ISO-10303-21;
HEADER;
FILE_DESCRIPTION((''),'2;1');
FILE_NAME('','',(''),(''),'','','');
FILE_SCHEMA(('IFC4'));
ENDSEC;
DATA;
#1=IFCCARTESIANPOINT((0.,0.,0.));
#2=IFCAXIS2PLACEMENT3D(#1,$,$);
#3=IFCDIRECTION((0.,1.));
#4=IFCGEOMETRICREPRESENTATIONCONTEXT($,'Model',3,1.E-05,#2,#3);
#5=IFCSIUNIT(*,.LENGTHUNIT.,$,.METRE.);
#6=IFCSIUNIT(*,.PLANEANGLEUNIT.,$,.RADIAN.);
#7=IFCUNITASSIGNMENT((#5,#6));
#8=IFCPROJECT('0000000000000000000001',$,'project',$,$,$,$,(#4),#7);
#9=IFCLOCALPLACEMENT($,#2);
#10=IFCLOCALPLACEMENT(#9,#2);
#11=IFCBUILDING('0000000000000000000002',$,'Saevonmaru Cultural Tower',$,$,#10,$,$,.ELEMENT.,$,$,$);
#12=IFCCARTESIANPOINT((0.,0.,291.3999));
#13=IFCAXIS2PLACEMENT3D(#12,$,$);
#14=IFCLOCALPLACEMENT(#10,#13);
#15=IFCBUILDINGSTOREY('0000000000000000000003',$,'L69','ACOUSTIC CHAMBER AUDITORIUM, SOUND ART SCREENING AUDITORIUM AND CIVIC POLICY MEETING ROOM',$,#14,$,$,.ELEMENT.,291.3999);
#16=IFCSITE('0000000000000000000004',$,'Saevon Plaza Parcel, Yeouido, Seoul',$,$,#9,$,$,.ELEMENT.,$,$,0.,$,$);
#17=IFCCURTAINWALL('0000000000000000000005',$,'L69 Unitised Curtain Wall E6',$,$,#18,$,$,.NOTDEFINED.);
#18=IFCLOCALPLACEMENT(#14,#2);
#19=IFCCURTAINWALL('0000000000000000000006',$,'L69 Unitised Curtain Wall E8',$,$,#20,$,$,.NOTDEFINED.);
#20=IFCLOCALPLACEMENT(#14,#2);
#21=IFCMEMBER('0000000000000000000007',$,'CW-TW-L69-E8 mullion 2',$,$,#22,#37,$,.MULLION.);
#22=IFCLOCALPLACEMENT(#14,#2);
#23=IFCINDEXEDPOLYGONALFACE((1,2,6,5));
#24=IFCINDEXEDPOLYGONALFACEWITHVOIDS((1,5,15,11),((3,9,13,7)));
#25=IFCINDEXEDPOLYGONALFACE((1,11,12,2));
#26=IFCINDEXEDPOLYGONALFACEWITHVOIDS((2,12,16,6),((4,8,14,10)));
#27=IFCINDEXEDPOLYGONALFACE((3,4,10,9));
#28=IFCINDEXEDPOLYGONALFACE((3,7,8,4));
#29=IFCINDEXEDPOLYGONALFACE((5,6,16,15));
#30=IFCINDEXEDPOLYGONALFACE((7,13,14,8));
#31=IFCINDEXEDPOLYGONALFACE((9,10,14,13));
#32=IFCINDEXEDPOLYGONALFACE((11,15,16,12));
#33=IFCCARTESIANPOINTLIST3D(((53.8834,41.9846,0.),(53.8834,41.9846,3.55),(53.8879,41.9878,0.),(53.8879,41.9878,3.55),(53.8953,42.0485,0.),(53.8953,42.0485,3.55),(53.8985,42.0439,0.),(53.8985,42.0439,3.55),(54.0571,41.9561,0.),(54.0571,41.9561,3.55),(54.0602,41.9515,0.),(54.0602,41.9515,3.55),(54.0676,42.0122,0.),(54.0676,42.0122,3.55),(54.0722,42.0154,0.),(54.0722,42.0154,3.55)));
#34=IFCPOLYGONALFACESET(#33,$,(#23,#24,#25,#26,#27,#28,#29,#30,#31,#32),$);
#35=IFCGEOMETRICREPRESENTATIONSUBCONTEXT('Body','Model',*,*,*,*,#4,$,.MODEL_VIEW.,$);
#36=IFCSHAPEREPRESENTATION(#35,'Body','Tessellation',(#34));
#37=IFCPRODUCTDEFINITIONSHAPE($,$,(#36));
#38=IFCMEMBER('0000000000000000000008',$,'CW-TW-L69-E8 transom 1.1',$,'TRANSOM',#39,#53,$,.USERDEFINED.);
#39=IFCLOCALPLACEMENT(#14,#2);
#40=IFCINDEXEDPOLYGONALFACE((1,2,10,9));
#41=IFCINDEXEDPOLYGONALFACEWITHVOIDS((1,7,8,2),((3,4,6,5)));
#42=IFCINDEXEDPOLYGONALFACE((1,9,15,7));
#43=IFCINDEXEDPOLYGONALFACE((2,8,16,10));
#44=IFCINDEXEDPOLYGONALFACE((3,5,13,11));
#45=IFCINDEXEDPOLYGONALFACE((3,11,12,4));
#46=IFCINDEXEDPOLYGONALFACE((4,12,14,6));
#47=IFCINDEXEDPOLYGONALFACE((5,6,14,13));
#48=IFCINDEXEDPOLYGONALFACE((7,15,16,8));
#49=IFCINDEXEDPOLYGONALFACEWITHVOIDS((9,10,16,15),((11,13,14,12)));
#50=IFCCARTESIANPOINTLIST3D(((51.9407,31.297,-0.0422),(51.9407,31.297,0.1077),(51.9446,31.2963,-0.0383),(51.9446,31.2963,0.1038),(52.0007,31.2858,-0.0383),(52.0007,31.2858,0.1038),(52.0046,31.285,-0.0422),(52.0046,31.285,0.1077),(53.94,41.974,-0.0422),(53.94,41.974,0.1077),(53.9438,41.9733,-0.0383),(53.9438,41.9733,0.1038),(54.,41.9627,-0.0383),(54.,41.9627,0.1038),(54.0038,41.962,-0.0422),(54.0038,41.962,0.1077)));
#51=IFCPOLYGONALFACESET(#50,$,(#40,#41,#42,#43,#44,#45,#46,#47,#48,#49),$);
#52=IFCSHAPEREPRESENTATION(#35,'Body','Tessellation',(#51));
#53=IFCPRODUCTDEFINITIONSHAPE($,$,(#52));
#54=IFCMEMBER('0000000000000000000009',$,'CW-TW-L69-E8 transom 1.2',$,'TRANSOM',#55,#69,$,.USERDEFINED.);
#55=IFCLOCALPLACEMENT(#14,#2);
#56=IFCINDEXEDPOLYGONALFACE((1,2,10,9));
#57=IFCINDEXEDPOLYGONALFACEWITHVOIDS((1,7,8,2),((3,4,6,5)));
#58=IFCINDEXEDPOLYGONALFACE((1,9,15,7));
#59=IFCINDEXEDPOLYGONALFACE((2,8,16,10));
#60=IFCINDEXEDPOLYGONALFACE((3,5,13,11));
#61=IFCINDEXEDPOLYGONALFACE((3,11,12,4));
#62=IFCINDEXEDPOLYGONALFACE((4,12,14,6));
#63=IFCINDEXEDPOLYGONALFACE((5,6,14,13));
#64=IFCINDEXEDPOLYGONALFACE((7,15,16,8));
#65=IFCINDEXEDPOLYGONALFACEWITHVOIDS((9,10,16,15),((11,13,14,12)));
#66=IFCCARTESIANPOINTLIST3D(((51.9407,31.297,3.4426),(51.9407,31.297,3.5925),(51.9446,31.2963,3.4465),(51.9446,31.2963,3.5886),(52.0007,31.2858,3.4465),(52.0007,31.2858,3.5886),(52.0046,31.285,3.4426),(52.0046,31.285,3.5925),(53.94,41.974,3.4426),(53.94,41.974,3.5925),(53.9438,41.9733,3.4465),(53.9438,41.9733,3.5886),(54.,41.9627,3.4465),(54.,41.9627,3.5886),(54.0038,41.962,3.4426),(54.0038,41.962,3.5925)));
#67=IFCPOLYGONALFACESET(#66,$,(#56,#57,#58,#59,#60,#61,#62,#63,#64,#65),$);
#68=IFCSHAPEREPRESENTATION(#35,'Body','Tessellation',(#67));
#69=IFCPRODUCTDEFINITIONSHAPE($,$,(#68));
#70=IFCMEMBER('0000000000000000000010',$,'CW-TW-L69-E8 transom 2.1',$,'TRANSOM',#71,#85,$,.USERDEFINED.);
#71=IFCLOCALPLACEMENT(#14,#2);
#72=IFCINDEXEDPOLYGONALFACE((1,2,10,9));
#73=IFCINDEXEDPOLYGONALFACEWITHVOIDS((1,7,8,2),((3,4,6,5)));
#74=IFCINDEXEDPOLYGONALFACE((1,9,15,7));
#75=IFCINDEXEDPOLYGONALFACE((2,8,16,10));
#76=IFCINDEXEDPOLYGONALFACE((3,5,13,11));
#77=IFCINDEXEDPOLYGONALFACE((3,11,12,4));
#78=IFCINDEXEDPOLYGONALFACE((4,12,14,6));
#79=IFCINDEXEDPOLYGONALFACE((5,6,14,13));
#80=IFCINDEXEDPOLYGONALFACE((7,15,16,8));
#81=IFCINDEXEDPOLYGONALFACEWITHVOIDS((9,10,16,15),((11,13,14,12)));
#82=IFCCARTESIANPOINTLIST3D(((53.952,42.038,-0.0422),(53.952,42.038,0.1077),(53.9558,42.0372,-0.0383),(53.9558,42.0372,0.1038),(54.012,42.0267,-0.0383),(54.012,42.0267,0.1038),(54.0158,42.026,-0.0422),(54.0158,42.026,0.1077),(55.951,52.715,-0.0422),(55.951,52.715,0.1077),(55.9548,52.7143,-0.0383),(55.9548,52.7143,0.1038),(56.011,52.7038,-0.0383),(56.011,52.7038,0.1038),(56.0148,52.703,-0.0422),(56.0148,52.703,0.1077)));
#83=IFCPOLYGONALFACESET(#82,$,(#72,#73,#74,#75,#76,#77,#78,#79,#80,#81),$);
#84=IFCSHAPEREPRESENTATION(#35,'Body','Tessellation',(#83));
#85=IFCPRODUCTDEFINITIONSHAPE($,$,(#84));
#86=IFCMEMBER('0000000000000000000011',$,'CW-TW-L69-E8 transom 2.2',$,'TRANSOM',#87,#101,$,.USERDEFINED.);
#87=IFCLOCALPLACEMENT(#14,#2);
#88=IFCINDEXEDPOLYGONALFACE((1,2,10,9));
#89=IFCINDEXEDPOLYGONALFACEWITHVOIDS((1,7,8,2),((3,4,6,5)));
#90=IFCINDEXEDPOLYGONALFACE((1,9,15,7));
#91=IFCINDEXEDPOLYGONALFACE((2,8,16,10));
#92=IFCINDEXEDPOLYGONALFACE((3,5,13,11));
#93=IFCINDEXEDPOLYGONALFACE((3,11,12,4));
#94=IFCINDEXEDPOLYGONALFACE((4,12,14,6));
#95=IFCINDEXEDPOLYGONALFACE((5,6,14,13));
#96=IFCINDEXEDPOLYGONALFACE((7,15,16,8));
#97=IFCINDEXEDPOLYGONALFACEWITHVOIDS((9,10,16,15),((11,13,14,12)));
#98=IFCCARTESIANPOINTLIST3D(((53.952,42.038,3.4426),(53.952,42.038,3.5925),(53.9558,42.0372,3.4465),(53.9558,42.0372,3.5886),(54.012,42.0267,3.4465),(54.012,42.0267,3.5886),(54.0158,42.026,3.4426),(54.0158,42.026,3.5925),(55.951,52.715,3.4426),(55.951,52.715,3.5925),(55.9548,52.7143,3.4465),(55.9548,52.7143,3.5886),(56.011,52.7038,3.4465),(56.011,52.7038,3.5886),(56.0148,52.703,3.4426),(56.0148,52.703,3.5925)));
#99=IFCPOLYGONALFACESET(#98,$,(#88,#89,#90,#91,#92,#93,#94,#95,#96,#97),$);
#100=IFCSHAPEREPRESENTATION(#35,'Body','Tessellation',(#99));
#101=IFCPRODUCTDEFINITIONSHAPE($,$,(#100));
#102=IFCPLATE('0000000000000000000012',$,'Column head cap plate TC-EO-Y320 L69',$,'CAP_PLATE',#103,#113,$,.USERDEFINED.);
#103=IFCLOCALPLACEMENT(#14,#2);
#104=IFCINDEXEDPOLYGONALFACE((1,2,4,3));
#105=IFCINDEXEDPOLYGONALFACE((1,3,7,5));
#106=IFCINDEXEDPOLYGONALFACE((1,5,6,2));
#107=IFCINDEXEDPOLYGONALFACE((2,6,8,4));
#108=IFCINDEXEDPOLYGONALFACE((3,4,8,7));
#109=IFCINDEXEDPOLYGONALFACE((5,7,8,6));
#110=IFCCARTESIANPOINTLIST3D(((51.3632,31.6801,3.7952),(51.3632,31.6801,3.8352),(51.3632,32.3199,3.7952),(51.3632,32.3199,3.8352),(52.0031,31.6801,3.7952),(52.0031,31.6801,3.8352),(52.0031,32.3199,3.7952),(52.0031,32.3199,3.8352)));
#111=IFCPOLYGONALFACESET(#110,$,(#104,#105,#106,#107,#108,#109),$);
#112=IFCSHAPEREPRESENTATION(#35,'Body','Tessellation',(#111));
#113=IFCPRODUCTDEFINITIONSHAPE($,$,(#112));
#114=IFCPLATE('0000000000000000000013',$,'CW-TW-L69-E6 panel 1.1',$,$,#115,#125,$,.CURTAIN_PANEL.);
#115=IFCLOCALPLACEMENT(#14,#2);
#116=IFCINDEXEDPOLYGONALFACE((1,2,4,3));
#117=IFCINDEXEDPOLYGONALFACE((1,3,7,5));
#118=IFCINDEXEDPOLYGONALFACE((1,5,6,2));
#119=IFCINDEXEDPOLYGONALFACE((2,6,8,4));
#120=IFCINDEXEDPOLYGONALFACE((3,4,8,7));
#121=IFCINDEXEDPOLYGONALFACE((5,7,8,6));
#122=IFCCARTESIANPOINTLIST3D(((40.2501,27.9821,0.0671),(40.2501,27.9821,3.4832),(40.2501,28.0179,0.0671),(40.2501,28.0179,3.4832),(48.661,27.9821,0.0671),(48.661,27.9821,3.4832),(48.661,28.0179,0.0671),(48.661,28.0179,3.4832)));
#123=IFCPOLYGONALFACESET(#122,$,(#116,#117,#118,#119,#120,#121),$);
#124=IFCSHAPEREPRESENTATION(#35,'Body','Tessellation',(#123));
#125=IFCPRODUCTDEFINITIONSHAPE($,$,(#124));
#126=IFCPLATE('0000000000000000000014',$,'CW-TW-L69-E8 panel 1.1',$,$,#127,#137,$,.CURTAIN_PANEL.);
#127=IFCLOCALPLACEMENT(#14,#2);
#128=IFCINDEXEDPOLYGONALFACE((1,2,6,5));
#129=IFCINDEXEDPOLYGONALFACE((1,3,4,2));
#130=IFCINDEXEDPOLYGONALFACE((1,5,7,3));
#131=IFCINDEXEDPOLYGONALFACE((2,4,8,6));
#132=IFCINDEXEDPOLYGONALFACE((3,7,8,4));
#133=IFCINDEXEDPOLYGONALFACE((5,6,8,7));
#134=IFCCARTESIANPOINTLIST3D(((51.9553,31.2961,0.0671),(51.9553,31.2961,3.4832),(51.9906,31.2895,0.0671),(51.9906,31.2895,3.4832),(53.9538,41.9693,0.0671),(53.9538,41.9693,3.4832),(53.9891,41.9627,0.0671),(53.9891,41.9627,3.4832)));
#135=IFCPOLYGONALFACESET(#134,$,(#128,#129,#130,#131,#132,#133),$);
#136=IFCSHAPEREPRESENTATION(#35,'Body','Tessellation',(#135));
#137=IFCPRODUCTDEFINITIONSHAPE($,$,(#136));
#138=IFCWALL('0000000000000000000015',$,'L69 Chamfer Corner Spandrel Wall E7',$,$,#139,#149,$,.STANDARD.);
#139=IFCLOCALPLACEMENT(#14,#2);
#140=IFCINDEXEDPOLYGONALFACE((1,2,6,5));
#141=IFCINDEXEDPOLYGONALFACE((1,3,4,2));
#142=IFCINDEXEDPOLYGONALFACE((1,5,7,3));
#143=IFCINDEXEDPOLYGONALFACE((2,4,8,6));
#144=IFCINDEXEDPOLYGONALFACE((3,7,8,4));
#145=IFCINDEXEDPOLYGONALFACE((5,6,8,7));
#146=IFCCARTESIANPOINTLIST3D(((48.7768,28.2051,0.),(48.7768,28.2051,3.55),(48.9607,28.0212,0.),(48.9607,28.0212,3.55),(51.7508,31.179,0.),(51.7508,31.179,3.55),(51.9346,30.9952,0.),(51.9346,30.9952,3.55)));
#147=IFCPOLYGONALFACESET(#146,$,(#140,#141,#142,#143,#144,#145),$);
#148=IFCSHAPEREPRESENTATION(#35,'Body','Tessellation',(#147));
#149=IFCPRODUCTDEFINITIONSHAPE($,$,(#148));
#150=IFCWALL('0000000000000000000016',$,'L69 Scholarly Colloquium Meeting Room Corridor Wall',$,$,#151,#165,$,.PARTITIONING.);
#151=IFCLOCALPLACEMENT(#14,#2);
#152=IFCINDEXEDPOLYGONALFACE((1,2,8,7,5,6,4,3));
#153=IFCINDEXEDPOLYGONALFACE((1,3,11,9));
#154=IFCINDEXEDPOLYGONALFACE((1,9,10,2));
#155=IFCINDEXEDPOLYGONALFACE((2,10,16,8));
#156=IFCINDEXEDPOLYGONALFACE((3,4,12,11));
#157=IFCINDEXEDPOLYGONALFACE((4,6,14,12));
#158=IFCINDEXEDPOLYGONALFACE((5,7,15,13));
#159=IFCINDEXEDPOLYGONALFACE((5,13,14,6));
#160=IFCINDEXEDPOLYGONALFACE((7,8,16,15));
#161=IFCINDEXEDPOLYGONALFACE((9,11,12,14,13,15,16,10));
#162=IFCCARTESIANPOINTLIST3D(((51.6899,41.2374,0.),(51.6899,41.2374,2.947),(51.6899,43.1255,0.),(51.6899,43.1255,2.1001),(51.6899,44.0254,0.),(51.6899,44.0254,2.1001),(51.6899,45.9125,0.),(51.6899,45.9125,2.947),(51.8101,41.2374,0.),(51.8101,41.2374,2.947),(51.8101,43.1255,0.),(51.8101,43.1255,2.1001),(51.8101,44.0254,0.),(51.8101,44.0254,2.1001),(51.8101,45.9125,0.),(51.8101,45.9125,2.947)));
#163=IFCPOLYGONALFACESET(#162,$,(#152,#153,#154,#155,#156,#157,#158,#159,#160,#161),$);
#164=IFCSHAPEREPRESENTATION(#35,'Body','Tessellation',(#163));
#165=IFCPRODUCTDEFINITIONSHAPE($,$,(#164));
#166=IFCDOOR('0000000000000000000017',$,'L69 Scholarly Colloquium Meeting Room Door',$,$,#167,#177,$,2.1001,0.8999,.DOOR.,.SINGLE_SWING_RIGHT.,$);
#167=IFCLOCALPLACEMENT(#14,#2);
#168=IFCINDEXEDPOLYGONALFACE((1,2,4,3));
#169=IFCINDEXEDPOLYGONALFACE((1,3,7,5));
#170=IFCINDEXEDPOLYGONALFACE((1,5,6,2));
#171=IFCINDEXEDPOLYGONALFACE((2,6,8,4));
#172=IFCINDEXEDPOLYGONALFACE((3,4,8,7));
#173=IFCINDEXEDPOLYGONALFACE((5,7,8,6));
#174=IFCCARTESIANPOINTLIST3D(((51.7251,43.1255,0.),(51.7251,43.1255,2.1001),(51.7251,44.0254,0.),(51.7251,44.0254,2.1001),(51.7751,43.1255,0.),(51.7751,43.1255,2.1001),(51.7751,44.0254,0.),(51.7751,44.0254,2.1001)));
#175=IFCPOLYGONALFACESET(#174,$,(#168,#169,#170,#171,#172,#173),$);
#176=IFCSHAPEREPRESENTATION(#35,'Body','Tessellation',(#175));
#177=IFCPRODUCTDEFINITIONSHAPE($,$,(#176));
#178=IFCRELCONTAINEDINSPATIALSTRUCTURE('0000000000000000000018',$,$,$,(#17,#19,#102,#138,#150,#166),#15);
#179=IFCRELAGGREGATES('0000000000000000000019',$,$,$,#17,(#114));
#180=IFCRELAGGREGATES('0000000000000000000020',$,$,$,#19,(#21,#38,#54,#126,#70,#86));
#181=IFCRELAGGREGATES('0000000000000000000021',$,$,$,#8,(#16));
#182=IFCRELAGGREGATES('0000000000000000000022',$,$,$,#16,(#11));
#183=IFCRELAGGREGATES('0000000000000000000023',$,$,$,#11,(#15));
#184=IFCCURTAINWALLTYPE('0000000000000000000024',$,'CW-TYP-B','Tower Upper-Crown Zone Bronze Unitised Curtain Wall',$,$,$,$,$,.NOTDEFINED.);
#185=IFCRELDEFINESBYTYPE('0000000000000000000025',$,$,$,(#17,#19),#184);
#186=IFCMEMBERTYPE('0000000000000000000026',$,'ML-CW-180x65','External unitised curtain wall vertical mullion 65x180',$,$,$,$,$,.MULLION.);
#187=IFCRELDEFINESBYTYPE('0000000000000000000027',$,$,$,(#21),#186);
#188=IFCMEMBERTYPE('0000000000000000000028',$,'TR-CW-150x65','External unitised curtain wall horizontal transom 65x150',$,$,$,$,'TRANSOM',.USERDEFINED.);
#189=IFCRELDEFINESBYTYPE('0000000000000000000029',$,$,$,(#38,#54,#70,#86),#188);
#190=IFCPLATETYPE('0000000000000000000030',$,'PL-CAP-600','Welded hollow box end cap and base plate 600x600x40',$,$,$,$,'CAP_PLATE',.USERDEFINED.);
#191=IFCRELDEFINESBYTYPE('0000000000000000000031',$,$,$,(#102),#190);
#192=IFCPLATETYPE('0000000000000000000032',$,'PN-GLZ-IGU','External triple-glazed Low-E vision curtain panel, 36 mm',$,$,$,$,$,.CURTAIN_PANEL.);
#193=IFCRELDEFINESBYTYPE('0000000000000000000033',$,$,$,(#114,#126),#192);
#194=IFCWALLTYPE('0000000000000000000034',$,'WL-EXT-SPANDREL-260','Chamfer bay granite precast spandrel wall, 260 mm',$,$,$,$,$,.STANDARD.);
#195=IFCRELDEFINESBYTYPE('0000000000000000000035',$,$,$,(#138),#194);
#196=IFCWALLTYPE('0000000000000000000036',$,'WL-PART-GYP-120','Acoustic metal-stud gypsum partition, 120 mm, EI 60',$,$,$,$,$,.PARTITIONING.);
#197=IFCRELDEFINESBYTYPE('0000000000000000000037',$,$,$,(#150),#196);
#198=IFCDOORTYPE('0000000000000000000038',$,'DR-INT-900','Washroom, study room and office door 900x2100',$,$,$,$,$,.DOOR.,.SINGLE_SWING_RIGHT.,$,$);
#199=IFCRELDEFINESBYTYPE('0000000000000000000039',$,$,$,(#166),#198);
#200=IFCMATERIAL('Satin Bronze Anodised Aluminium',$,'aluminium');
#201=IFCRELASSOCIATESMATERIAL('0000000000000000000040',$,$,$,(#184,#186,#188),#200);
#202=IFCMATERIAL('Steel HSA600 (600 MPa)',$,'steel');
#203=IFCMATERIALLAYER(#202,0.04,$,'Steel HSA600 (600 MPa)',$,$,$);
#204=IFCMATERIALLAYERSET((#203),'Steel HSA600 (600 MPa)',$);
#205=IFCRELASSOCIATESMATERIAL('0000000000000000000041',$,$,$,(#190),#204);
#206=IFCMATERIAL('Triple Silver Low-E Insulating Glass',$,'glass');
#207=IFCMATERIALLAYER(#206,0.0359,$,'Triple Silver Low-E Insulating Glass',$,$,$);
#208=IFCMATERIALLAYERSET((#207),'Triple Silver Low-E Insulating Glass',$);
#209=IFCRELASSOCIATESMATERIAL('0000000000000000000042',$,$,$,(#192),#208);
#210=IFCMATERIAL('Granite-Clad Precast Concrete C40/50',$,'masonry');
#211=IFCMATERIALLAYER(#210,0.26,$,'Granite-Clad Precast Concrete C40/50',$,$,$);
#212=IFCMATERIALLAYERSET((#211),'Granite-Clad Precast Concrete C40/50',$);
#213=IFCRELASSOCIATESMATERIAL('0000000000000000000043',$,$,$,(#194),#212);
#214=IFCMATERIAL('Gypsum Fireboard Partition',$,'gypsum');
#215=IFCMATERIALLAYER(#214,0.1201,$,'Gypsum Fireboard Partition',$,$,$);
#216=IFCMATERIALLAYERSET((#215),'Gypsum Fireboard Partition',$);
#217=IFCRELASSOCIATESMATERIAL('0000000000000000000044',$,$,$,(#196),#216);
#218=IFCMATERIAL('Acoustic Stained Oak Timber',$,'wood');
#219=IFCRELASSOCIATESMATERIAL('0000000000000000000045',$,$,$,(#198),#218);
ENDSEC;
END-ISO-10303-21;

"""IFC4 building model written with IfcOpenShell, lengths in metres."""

from ifc_helpers import new_model, si_unit, direction, frame, frame_2d, origin, origin_2d, place, context, subcontext, project, spatial, rectangle, hollow_rectangle, extrude, material, layer, layer_set, material_profile, profile_set, type_object, element, fill, aggregate, save


model = new_model("IFC4")

# Units and contexts
model_context = context("Model", 3, precision=1e-05, world=origin(), true_north=direction((0.0, 1.0)))
body_context = subcontext(model_context, "Body", "Model", "MODEL_VIEW")
ifc_project = project(units=[si_unit("LENGTHUNIT", "METRE"), si_unit("PLANEANGLEUNIT", "RADIAN")], contexts=[model_context])

# Site, building, storey
site_placement = place(None, origin())
site = spatial("IfcSite", under=ifc_project, at=site_placement, Name="Saevon Plaza Parcel, Yeouido, Seoul", CompositionType="ELEMENT", RefElevation=0.0)
building_placement = place(site_placement, origin())
building = spatial("IfcBuilding", under=site, at=building_placement, Name="Saevonmaru Cultural Tower", CompositionType="ELEMENT")
storey_placement = place(building_placement, frame((0.0, 0.0, 291.3999)))
storey = spatial("IfcBuildingStorey", under=building, at=storey_placement, Name="L69", Description="ACOUSTIC CHAMBER AUDITORIUM, SOUND ART SCREENING AUDITORIUM AND CIVIC POLICY MEETING ROOM", CompositionType="ELEMENT", Elevation=291.3999)

# Shared definitions
ifc_material_1 = material(Name="Steel HSA600 (600 MPa)", Category="steel")

# Curtain wall
ifc_material_2 = material(Name="Satin Bronze Anodised Aluminium", Category="aluminium")
curtain_wall_type = type_object("IfcCurtainWallType", Name="CW-TYP-B", Description="Tower Upper-Crown Zone Bronze Unitised Curtain Wall", PredefinedType="NOTDEFINED", material=ifc_material_2)
curtain_wall_1_placement = place(storey_placement, origin())
curtain_wall_1 = element("IfcCurtainWall", 1, at=curtain_wall_1_placement, inside=storey, type_object=curtain_wall_type, Name="L69 Unitised Curtain Wall E6", PredefinedType="NOTDEFINED")
ifc_material_profile_1 = material_profile(ifc_material_2, hollow_rectangle(XDim=0.0649, YDim=0.1799, WallThickness=0.0039, at=origin_2d()), Name="ALU-MULL-180x65x4")
ifc_profile_set_1 = profile_set([ifc_material_profile_1], Name="Satin Bronze Anodised Aluminium")
member_type_1 = type_object("IfcMemberType", Name="ML-CW-180x65", Description="External unitised curtain wall vertical mullion 65x180", PredefinedType="MULLION", material=ifc_profile_set_1)

# Curtain wall, members
curtain_wall_2_placement = place(storey_placement, origin())
curtain_wall_2 = element("IfcCurtainWall", 2, at=curtain_wall_2_placement, inside=storey, type_object=curtain_wall_type, Name="L69 Unitised Curtain Wall E8", PredefinedType="NOTDEFINED")
member_1_placement = place(storey_placement, frame((53.9778, 42.0, 0.0), z_axis=(0.0, 0.0, 1.0), x_axis=(0.184047, 0.982918, 0.0)))
member_1 = element("IfcMember", 3, at=member_1_placement, type_object=member_type_1, Name="CW-TW-L69-E8 mullion 2", PredefinedType="MULLION", context=body_context, shape_type="SweptSolid", body=[
    extrude(hollow_rectangle(XDim=0.0649, YDim=0.1799, WallThickness=0.0039, at=origin_2d()), origin(), (0.0, 0.0, 1.0), 3.55),
])
ifc_material_profile_2 = material_profile(ifc_material_2, hollow_rectangle(XDim=0.0649, YDim=0.1499, WallThickness=0.0039, at=origin_2d()), Name="ALU-TRAN-150x65x4")
ifc_profile_set_2 = profile_set([ifc_material_profile_2], Name="Satin Bronze Anodised Aluminium")
member_type_2 = type_object("IfcMemberType", Name="TR-CW-150x65", Description="External unitised curtain wall horizontal transom 65x150", ElementType="TRANSOM", PredefinedType="USERDEFINED", material=ifc_profile_set_2)
member_2_placement = place(storey_placement, frame((51.9727, 31.291, 0.0327), z_axis=(0.184051, 0.982917, 0.0), x_axis=(-0.982917, 0.184051, 0.0)))
member_2 = element("IfcMember", 4, at=member_2_placement, type_object=member_type_2, Name="CW-TW-L69-E8 transom 1.1", ObjectType="TRANSOM", PredefinedType="USERDEFINED", context=body_context, shape_type="SweptSolid", body=[
    extrude(hollow_rectangle(XDim=0.0649, YDim=0.1499, WallThickness=0.0039, at=origin_2d()), origin(), (0.0, 0.0, 1.0), 10.8625),
])
member_3_placement = place(storey_placement, frame((51.9727, 31.291, 3.5176), z_axis=(0.184051, 0.982917, 0.0), x_axis=(-0.982917, 0.184051, 0.0)))
member_3 = element("IfcMember", 5, at=member_3_placement, type_object=member_type_2, Name="CW-TW-L69-E8 transom 1.2", ObjectType="TRANSOM", PredefinedType="USERDEFINED", context=body_context, shape_type="SweptSolid", body=[
    extrude(hollow_rectangle(XDim=0.0649, YDim=0.1499, WallThickness=0.0039, at=origin_2d()), origin(), (0.0, 0.0, 1.0), 10.8625),
])
member_4_placement = place(storey_placement, frame((53.9839, 42.032, 0.0327), z_axis=(0.184029, 0.982921, 0.0), x_axis=(-0.982921, 0.184029, 0.0)))
member_4 = element("IfcMember", 6, at=member_4_placement, type_object=member_type_2, Name="CW-TW-L69-E8 transom 2.1", ObjectType="TRANSOM", PredefinedType="USERDEFINED", context=body_context, shape_type="SweptSolid", body=[
    extrude(hollow_rectangle(XDim=0.0649, YDim=0.1499, WallThickness=0.0039, at=origin_2d()), origin(), (0.0, 0.0, 1.0), 10.8625),
])
member_5_placement = place(storey_placement, frame((53.9839, 42.032, 3.5176), z_axis=(0.184029, 0.982921, 0.0), x_axis=(-0.982921, 0.184029, 0.0)))
member_5 = element("IfcMember", 7, at=member_5_placement, type_object=member_type_2, Name="CW-TW-L69-E8 transom 2.2", ObjectType="TRANSOM", PredefinedType="USERDEFINED", context=body_context, shape_type="SweptSolid", body=[
    extrude(hollow_rectangle(XDim=0.0649, YDim=0.1499, WallThickness=0.0039, at=origin_2d()), origin(), (0.0, 0.0, 1.0), 10.8625),
])

# Plates
ifc_layer_1 = layer(ifc_material_1, 0.04, Name="Steel HSA600 (600 MPa)")
ifc_layer_set_1 = layer_set([ifc_layer_1], Name="Steel HSA600 (600 MPa)")
plate_type_1 = type_object("IfcPlateType", Name="PL-CAP-600", Description="Welded hollow box end cap and base plate 600x600x40", ElementType="CAP_PLATE", PredefinedType="USERDEFINED", material=ifc_layer_set_1)
plate_1_placement = place(storey_placement, frame((51.6831, 32.0, 3.7952), z_axis=(0.0, 0.0, 1.0), x_axis=(1.0, 0.0, 0.0)))
element("IfcPlate", 8, at=plate_1_placement, inside=storey, type_object=plate_type_1, Name="Column head cap plate TC-EO-Y320 L69", ObjectType="CAP_PLATE", PredefinedType="USERDEFINED", context=body_context, shape_type="SweptSolid", body=[
    extrude(rectangle(XDim=0.6399, YDim=0.6399, at=origin_2d()), origin(), (0.0, 0.0, 1.0), 0.04),
])
ifc_material_3 = material(Name="Triple Silver Low-E Insulating Glass", Category="glass")
ifc_layer_2 = layer(ifc_material_3, 0.0359, Name="Triple Silver Low-E Insulating Glass")
ifc_layer_set_2 = layer_set([ifc_layer_2], Name="Triple Silver Low-E Insulating Glass")
plate_type_2 = type_object("IfcPlateType", Name="PN-GLZ-IGU", Description="External triple-glazed Low-E vision curtain panel, 36 mm", PredefinedType="CURTAIN_PANEL", material=ifc_layer_set_2)
plate_2_placement = place(storey_placement, frame((44.4556, 28.0, 0.0671), z_axis=(0.0, 0.0, 1.0), x_axis=(1.0, 0.0, 0.0)))
plate_2 = element("IfcPlate", 9, at=plate_2_placement, type_object=plate_type_2, Name="CW-TW-L69-E6 panel 1.1", PredefinedType="CURTAIN_PANEL", context=body_context, shape_type="SweptSolid", body=[
    extrude(rectangle(XDim=8.4109, YDim=0.0359, at=origin_2d()), origin(), (0.0, 0.0, 1.0), 3.416),
])
aggregate(curtain_wall_1, [plate_2])
plate_3_placement = place(storey_placement, frame((52.9722, 36.6294, 0.0671), z_axis=(0.0, 0.0, 1.0), x_axis=(0.184047, 0.982918, 0.0)))
plate_3 = element("IfcPlate", 10, at=plate_3_placement, type_object=plate_type_2, Name="CW-TW-L69-E8 panel 1.1", PredefinedType="CURTAIN_PANEL", context=body_context, shape_type="SweptSolid", body=[
    extrude(rectangle(XDim=10.8586, YDim=0.0359, at=origin_2d()), origin(), (0.0, 0.0, 1.0), 3.416),
])
aggregate(curtain_wall_2, [member_1, member_2, member_3, plate_3, member_4, member_5])

# Wall
ifc_material_4 = material(Name="Granite-Clad Precast Concrete C40/50", Category="masonry")
ifc_layer_3 = layer(ifc_material_4, 0.26, Name="Granite-Clad Precast Concrete C40/50")
ifc_layer_set_3 = layer_set([ifc_layer_3], Name="Granite-Clad Precast Concrete C40/50")
wall_type_1 = type_object("IfcWallType", Name="WL-EXT-SPANDREL-260", Description="Chamfer bay granite precast spandrel wall, 260 mm", PredefinedType="STANDARD", material=ifc_layer_set_3)
wall_1_placement = place(storey_placement, frame((48.8687, 28.113, 0.0), z_axis=(0.0, 0.0, 1.0), x_axis=(0.707107, 0.707107, 0.0)))
element("IfcWall", 11, at=wall_1_placement, inside=storey, type_object=wall_type_1, Name="L69 Chamfer Corner Spandrel Wall E7", PredefinedType="STANDARD", context=body_context, shape_type="SweptSolid", body=[
    extrude(rectangle(XDim=4.2058, YDim=0.26, at=frame_2d((2.103, 0.0))), origin(), (0.0, 0.0, 1.0), 3.55),
])

# Wall, opening, door
ifc_material_5 = material(Name="Gypsum Fireboard Partition", Category="gypsum")
ifc_layer_4 = layer(ifc_material_5, 0.1201, Name="Gypsum Fireboard Partition")
ifc_layer_set_4 = layer_set([ifc_layer_4], Name="Gypsum Fireboard Partition")
wall_type_2 = type_object("IfcWallType", Name="WL-PART-GYP-120", Description="Acoustic metal-stud gypsum partition, 120 mm, EI 60", PredefinedType="PARTITIONING", material=ifc_layer_set_4)
wall_2_placement = place(storey_placement, frame((51.75, 41.2375, 0.0), z_axis=(0.0, 0.0, 1.0), x_axis=(0.0, 1.0, 0.0)))
wall_2 = element("IfcWall", 12, at=wall_2_placement, inside=storey, type_object=wall_type_2, Name="L69 Scholarly Colloquium Meeting Room Corridor Wall", PredefinedType="PARTITIONING", context=body_context, shape_type="SweptSolid", body=[
    extrude(rectangle(XDim=4.675, YDim=0.1201, at=frame_2d((2.3374, 0.0))), origin(), (0.0, 0.0, 1.0), 2.947),
])
opening_1_placement = place(wall_2_placement, frame((1.8879, 0.0, 0.0)))
opening_1 = element("IfcOpeningElement", 13, at=opening_1_placement, cuts=wall_2, PredefinedType="OPENING", context=body_context, shape_type="SweptSolid", body=[
    extrude(rectangle(XDim=0.8999, YDim=2.1001, at=frame_2d((0.45, 1.05))), frame((0.0, 0.0701, 0.0), z_axis=(0.0, -1.0, 0.0), x_axis=(1.0, 0.0, 0.0)), (0.0, 0.0, 1.0), 0.1401),
])
ifc_material_6 = material(Name="Acoustic Stained Oak Timber", Category="wood")
door_type = type_object("IfcDoorType", Name="DR-INT-900", Description="Washroom, study room and office door 900x2100", OperationType="SINGLE_SWING_RIGHT", PredefinedType="DOOR", material=ifc_material_6)
door_1_placement = place(opening_1_placement, origin())
door_1 = element("IfcDoor", 14, at=door_1_placement, inside=storey, type_object=door_type, Name="L69 Scholarly Colloquium Meeting Room Door", OperationType="SINGLE_SWING_RIGHT", OverallHeight=2.1001, OverallWidth=0.8999, PredefinedType="DOOR", context=body_context, shape_type="SweptSolid", body=[
    extrude(rectangle(XDim=0.8999, YDim=2.1001, at=frame_2d((0.45, 1.05))), frame((0.0, 0.0249, 0.0), z_axis=(0.0, -1.0, 0.0), x_axis=(1.0, 0.0, 0.0)), (0.0, 0.0, 1.0), 0.05),
])
fill(opening_1, door_1)

save(model, "model.ifc")
